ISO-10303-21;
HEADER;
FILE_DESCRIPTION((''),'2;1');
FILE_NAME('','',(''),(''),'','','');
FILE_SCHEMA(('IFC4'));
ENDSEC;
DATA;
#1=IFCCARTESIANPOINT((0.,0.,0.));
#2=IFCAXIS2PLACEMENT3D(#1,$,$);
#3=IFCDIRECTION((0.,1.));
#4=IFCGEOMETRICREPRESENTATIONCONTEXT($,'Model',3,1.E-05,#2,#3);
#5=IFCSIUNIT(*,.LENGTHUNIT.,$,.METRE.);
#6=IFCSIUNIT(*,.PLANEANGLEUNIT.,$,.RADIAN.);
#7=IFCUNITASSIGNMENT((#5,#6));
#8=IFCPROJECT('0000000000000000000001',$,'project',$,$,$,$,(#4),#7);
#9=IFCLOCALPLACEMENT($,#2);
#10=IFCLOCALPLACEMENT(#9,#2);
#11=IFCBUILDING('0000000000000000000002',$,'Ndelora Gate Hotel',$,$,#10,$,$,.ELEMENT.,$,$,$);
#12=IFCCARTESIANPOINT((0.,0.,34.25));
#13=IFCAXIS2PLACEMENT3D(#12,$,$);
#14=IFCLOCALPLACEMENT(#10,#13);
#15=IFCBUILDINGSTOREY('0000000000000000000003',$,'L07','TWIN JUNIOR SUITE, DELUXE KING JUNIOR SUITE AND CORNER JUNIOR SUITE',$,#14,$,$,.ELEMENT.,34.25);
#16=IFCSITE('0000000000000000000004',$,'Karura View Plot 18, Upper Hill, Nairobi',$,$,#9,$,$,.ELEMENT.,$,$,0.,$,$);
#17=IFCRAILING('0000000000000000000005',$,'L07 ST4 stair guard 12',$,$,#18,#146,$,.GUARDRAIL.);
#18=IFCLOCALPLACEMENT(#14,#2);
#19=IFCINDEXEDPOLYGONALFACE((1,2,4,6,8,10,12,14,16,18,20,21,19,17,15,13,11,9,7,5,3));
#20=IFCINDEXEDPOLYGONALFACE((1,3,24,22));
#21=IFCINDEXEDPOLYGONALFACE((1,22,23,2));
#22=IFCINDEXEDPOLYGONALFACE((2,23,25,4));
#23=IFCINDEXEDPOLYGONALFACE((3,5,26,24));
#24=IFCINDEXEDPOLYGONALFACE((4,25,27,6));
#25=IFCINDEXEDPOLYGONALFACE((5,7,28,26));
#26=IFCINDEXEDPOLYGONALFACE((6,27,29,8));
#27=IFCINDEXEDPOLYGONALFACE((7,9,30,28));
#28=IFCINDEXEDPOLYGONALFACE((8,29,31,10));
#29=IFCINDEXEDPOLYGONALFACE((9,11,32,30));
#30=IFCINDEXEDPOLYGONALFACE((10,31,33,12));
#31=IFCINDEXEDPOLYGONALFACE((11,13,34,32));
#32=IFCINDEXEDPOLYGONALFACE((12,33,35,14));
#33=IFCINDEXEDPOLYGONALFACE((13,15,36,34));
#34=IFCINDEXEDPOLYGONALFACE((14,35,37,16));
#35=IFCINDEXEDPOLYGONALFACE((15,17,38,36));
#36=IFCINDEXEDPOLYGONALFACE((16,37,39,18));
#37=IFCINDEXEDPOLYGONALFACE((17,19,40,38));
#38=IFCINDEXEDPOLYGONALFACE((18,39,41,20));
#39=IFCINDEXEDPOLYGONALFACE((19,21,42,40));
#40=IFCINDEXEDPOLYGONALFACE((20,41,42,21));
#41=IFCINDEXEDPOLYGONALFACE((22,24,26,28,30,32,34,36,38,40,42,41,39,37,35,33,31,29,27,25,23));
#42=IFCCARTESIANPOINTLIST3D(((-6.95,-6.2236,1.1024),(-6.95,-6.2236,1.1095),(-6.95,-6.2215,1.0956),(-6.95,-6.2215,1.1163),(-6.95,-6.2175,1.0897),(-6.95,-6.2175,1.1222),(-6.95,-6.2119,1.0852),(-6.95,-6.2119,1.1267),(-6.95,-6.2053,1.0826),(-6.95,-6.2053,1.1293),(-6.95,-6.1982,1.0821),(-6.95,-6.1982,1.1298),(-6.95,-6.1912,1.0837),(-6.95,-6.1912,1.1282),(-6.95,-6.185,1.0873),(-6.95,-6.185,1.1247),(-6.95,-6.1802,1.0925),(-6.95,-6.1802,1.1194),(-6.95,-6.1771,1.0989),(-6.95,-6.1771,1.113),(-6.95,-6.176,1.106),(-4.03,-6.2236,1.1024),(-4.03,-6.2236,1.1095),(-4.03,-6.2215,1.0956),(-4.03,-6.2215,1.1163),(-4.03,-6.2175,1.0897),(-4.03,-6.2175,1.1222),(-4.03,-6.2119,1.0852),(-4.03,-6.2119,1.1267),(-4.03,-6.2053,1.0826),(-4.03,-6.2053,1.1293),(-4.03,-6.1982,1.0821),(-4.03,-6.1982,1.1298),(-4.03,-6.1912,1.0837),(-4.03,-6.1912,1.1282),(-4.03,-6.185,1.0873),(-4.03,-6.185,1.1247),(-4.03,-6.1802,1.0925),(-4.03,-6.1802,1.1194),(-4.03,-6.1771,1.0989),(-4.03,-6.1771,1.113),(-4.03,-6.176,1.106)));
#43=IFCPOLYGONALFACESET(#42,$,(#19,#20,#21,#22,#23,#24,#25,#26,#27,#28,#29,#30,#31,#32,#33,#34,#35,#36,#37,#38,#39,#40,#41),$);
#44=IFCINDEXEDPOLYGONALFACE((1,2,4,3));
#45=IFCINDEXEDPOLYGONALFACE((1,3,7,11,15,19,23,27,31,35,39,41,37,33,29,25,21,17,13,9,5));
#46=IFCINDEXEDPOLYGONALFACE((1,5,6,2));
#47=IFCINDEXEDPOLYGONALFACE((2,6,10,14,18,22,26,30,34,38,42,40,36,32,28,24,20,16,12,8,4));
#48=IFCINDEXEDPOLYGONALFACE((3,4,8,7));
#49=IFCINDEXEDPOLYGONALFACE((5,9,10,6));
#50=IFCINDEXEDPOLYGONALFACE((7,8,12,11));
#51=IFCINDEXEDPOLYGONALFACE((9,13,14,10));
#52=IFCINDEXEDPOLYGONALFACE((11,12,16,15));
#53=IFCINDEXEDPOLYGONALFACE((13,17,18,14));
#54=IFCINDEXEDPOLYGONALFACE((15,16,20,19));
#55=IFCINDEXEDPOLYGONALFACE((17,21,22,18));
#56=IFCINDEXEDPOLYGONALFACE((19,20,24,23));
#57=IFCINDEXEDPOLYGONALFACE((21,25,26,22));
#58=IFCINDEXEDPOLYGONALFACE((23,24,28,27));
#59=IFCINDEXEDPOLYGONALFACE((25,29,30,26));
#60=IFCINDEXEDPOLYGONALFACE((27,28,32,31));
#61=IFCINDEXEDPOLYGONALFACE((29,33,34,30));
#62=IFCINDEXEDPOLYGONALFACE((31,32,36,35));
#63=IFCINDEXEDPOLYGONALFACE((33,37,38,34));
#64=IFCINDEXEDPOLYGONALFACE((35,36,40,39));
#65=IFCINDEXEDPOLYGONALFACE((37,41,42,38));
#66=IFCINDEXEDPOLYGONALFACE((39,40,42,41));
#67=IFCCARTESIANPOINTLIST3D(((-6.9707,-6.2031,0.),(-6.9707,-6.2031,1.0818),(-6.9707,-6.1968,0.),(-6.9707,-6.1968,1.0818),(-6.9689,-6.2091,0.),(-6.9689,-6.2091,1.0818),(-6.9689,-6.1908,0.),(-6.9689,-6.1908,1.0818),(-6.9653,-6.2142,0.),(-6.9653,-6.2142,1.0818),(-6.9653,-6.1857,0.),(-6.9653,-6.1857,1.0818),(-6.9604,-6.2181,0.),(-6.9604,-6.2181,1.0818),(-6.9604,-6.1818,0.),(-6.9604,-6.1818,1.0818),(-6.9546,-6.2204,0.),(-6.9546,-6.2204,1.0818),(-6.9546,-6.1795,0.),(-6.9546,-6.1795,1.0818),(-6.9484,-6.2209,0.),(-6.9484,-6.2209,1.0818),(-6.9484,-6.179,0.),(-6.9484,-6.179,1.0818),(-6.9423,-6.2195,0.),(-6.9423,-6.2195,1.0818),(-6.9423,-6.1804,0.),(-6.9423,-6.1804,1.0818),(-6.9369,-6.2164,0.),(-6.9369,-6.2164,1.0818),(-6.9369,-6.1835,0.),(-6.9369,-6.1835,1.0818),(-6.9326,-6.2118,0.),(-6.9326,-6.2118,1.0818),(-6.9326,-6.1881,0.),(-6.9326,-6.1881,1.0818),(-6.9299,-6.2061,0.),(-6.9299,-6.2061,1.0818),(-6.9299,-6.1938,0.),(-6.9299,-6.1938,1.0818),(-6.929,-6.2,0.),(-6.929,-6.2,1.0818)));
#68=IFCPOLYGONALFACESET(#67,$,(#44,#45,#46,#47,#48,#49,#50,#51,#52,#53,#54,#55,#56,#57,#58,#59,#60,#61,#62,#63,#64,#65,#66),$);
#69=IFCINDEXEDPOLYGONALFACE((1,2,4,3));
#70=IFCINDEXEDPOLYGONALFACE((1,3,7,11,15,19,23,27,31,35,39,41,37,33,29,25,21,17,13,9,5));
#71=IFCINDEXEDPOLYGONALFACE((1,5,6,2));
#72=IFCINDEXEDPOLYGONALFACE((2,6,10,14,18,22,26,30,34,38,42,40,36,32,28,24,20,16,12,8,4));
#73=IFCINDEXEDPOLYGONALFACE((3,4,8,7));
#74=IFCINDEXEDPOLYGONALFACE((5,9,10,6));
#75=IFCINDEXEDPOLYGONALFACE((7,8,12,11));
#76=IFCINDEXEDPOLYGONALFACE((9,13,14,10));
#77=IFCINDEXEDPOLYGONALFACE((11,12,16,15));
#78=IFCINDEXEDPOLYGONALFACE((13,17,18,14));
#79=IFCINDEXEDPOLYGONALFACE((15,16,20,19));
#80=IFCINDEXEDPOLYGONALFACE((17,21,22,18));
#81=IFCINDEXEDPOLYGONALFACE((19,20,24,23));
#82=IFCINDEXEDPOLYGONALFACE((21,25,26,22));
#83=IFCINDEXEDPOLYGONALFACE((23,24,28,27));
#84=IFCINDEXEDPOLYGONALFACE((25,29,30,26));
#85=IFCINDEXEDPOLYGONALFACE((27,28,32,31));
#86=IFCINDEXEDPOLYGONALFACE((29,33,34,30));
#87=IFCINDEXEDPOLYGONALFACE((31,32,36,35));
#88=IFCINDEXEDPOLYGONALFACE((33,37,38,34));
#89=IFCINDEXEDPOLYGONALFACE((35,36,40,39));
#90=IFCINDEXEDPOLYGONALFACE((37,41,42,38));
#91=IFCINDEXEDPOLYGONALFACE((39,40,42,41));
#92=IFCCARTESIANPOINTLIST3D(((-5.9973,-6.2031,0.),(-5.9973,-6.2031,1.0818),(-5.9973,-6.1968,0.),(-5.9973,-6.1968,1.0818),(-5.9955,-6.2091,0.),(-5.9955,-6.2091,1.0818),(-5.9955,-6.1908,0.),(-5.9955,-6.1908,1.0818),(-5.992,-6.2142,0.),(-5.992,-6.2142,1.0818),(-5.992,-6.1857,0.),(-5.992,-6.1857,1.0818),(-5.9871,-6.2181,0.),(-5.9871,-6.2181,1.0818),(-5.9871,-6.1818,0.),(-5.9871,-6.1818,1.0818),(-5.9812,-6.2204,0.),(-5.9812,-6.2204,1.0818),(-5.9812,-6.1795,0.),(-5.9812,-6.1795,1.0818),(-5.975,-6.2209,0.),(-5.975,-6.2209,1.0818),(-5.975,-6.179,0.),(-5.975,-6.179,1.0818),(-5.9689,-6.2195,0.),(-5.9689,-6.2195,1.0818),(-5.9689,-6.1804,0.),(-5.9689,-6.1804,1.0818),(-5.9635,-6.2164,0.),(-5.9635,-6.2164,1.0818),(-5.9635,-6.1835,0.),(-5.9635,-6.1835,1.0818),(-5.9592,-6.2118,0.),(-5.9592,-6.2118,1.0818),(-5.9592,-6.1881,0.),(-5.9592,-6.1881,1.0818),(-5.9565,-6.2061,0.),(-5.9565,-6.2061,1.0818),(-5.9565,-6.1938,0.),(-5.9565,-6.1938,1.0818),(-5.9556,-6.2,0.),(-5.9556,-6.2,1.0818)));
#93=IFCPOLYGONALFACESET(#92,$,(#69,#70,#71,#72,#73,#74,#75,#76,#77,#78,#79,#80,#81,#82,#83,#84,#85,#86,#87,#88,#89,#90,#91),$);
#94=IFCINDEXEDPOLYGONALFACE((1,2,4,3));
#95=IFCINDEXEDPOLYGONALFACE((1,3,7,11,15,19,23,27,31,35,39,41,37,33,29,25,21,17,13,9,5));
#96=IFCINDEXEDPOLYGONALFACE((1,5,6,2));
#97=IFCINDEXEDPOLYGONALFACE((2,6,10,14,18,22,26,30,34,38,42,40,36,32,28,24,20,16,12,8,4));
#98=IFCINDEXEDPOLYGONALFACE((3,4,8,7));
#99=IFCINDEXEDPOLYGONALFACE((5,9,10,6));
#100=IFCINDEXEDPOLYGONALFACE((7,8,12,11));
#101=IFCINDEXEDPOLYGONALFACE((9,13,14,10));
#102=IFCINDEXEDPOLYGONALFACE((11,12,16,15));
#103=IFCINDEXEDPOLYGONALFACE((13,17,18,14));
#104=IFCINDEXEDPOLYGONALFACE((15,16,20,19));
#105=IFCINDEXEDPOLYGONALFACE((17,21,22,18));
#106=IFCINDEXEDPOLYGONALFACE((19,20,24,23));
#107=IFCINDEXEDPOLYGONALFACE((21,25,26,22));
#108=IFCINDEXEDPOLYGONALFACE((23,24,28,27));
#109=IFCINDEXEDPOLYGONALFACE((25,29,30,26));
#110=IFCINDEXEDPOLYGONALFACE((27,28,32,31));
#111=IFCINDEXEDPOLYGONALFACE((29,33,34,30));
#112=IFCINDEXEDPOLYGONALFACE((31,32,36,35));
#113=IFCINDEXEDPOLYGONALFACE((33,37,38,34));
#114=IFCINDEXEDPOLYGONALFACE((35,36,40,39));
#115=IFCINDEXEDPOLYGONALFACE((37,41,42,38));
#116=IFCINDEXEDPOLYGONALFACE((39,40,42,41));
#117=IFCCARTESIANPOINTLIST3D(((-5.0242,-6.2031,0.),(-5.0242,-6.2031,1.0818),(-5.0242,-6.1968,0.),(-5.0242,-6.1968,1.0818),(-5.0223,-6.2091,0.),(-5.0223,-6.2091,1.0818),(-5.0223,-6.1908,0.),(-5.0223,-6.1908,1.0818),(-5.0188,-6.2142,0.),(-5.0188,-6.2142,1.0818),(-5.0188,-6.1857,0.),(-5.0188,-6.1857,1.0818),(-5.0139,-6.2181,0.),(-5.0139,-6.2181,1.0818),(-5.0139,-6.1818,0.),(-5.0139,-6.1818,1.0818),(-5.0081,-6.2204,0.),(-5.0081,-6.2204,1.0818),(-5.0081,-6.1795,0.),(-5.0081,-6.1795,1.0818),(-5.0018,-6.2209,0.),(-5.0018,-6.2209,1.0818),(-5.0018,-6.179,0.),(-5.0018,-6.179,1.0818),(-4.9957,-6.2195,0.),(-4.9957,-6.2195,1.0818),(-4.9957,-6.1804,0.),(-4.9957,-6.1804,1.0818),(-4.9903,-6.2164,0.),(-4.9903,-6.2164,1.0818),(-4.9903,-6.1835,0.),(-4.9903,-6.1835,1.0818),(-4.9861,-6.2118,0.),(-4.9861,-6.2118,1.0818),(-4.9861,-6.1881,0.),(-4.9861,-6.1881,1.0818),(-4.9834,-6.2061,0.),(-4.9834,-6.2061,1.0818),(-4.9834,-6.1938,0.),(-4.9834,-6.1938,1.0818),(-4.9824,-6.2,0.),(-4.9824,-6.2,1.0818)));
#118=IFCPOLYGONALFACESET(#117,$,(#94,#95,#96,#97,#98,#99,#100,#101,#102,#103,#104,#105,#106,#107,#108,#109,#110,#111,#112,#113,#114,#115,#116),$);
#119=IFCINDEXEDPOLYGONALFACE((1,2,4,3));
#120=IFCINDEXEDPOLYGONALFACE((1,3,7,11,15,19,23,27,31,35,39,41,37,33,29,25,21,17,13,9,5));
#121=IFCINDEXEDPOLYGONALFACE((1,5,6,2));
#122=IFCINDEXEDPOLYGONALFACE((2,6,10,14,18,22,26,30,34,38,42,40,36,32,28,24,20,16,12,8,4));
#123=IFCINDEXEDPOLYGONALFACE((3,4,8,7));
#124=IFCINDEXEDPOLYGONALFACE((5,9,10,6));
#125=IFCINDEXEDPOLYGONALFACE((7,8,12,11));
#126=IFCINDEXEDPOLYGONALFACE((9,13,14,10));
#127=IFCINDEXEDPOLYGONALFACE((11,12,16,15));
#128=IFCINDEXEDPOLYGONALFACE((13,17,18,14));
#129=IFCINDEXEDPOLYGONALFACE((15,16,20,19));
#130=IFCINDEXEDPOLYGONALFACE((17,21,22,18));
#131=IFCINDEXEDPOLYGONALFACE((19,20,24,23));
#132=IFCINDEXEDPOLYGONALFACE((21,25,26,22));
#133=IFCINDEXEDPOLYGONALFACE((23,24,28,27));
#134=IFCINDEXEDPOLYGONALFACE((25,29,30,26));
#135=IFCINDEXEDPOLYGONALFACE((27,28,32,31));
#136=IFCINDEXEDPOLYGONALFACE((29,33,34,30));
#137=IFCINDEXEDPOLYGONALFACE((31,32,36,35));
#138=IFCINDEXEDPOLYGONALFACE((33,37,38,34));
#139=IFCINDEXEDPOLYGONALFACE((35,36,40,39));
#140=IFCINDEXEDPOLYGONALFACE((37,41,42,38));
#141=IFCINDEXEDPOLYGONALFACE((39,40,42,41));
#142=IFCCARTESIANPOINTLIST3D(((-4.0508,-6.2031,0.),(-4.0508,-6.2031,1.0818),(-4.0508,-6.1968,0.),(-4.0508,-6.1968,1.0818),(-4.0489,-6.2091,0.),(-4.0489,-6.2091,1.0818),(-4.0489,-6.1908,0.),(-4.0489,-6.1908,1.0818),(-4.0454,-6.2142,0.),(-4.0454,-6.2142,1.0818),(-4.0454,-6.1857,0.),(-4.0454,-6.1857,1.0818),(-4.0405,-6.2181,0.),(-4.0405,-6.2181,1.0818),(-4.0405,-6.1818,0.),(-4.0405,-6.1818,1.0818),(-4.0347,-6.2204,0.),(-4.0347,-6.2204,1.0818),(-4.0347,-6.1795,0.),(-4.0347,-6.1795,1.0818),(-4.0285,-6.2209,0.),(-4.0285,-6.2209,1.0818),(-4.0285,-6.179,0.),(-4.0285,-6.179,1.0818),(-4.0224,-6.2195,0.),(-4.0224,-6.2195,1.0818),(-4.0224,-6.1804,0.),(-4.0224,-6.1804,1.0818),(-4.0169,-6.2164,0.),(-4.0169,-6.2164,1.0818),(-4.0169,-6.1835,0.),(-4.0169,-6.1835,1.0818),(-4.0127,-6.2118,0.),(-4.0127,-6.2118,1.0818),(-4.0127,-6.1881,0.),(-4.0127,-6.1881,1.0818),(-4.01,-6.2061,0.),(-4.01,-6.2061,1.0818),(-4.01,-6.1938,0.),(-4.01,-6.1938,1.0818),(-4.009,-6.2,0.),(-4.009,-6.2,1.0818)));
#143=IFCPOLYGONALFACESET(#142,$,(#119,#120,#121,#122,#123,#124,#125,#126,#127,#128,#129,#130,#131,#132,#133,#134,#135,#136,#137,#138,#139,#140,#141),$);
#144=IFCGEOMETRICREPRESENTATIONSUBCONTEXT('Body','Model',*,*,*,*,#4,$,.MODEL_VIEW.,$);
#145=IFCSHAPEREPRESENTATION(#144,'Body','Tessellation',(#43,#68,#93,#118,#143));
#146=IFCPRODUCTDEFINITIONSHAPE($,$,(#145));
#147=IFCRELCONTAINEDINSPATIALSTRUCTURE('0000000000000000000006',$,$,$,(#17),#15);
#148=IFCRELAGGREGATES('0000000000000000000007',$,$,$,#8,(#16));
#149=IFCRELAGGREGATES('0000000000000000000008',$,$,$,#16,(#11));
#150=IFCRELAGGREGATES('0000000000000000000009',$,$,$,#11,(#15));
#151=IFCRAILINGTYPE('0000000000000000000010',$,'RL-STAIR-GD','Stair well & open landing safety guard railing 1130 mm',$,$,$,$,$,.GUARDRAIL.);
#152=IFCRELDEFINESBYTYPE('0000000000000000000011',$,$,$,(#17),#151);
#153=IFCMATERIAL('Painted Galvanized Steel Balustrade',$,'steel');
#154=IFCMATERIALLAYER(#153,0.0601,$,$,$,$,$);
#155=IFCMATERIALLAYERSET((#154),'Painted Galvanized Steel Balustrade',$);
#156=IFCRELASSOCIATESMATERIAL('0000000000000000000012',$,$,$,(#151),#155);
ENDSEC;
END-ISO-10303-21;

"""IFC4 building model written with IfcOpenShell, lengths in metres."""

from ifc_helpers import new_model, si_unit, direction, frame, origin, origin_2d, place, context, subcontext, project, spatial, circle, extrude, material, layer, layer_set, type_object, element, save


model = new_model("IFC4")

# Units and contexts
model_context = context("Model", 3, precision=1e-05, world=origin(), true_north=direction((0.0, 1.0)))
body_context = subcontext(model_context, "Body", "Model", "MODEL_VIEW")
ifc_project = project(units=[si_unit("LENGTHUNIT", "METRE"), si_unit("PLANEANGLEUNIT", "RADIAN")], contexts=[model_context])

# Site, building, storey
site_placement = place(None, origin())
site = spatial("IfcSite", under=ifc_project, at=site_placement, Name="Karura View Plot 18, Upper Hill, Nairobi", CompositionType="ELEMENT", RefElevation=0.0)
building_placement = place(site_placement, origin())
building = spatial("IfcBuilding", under=site, at=building_placement, Name="Ndelora Gate Hotel", CompositionType="ELEMENT")
storey_placement = place(building_placement, frame((0.0, 0.0, 34.25)))
storey = spatial("IfcBuildingStorey", under=building, at=storey_placement, Name="L07", Description="TWIN JUNIOR SUITE, DELUXE KING JUNIOR SUITE AND CORNER JUNIOR SUITE", CompositionType="ELEMENT", Elevation=34.25)

# Railing
ifc_material_1 = material(Name="Painted Galvanized Steel Balustrade", Category="steel")
ifc_layer_1 = layer(ifc_material_1, 0.0601)
ifc_layer_set_1 = layer_set([ifc_layer_1], Name="Painted Galvanized Steel Balustrade")
railing_type_1 = type_object("IfcRailingType", Name="RL-STAIR-GD", Description="Stair well & open landing safety guard railing 1130 mm", PredefinedType="GUARDRAIL", material=ifc_layer_set_1)
railing_1_placement = place(storey_placement, frame((-6.95, -6.2, 0.0)))
element("IfcRailing", 1, at=railing_1_placement, inside=storey, type_object=railing_type_1, Name="L07 ST4 stair guard 12", PredefinedType="GUARDRAIL", context=body_context, shape_type="SweptSolid", body=[
    extrude(circle(Radius=0.0239, at=origin_2d()), frame((0.0, 0.0, 1.106), z_axis=(1.0, 0.0, 0.0), x_axis=(0.0, 1.0, 0.0)), (0.0, 0.0, 1.0), 2.9199),
    extrude(circle(Radius=0.021, at=origin_2d()), origin(), (0.0, 0.0, 1.0), 1.0818),
    extrude(circle(Radius=0.021, at=origin_2d()), frame((0.9734, 0.0, 0.0)), (0.0, 0.0, 1.0), 1.0818),
    extrude(circle(Radius=0.021, at=origin_2d()), frame((1.9465, 0.0, 0.0)), (0.0, 0.0, 1.0), 1.0818),
    extrude(circle(Radius=0.021, at=origin_2d()), frame((2.9199, 0.0, 0.0)), (0.0, 0.0, 1.0), 1.0818),
])

save(model, "model.ifc")
